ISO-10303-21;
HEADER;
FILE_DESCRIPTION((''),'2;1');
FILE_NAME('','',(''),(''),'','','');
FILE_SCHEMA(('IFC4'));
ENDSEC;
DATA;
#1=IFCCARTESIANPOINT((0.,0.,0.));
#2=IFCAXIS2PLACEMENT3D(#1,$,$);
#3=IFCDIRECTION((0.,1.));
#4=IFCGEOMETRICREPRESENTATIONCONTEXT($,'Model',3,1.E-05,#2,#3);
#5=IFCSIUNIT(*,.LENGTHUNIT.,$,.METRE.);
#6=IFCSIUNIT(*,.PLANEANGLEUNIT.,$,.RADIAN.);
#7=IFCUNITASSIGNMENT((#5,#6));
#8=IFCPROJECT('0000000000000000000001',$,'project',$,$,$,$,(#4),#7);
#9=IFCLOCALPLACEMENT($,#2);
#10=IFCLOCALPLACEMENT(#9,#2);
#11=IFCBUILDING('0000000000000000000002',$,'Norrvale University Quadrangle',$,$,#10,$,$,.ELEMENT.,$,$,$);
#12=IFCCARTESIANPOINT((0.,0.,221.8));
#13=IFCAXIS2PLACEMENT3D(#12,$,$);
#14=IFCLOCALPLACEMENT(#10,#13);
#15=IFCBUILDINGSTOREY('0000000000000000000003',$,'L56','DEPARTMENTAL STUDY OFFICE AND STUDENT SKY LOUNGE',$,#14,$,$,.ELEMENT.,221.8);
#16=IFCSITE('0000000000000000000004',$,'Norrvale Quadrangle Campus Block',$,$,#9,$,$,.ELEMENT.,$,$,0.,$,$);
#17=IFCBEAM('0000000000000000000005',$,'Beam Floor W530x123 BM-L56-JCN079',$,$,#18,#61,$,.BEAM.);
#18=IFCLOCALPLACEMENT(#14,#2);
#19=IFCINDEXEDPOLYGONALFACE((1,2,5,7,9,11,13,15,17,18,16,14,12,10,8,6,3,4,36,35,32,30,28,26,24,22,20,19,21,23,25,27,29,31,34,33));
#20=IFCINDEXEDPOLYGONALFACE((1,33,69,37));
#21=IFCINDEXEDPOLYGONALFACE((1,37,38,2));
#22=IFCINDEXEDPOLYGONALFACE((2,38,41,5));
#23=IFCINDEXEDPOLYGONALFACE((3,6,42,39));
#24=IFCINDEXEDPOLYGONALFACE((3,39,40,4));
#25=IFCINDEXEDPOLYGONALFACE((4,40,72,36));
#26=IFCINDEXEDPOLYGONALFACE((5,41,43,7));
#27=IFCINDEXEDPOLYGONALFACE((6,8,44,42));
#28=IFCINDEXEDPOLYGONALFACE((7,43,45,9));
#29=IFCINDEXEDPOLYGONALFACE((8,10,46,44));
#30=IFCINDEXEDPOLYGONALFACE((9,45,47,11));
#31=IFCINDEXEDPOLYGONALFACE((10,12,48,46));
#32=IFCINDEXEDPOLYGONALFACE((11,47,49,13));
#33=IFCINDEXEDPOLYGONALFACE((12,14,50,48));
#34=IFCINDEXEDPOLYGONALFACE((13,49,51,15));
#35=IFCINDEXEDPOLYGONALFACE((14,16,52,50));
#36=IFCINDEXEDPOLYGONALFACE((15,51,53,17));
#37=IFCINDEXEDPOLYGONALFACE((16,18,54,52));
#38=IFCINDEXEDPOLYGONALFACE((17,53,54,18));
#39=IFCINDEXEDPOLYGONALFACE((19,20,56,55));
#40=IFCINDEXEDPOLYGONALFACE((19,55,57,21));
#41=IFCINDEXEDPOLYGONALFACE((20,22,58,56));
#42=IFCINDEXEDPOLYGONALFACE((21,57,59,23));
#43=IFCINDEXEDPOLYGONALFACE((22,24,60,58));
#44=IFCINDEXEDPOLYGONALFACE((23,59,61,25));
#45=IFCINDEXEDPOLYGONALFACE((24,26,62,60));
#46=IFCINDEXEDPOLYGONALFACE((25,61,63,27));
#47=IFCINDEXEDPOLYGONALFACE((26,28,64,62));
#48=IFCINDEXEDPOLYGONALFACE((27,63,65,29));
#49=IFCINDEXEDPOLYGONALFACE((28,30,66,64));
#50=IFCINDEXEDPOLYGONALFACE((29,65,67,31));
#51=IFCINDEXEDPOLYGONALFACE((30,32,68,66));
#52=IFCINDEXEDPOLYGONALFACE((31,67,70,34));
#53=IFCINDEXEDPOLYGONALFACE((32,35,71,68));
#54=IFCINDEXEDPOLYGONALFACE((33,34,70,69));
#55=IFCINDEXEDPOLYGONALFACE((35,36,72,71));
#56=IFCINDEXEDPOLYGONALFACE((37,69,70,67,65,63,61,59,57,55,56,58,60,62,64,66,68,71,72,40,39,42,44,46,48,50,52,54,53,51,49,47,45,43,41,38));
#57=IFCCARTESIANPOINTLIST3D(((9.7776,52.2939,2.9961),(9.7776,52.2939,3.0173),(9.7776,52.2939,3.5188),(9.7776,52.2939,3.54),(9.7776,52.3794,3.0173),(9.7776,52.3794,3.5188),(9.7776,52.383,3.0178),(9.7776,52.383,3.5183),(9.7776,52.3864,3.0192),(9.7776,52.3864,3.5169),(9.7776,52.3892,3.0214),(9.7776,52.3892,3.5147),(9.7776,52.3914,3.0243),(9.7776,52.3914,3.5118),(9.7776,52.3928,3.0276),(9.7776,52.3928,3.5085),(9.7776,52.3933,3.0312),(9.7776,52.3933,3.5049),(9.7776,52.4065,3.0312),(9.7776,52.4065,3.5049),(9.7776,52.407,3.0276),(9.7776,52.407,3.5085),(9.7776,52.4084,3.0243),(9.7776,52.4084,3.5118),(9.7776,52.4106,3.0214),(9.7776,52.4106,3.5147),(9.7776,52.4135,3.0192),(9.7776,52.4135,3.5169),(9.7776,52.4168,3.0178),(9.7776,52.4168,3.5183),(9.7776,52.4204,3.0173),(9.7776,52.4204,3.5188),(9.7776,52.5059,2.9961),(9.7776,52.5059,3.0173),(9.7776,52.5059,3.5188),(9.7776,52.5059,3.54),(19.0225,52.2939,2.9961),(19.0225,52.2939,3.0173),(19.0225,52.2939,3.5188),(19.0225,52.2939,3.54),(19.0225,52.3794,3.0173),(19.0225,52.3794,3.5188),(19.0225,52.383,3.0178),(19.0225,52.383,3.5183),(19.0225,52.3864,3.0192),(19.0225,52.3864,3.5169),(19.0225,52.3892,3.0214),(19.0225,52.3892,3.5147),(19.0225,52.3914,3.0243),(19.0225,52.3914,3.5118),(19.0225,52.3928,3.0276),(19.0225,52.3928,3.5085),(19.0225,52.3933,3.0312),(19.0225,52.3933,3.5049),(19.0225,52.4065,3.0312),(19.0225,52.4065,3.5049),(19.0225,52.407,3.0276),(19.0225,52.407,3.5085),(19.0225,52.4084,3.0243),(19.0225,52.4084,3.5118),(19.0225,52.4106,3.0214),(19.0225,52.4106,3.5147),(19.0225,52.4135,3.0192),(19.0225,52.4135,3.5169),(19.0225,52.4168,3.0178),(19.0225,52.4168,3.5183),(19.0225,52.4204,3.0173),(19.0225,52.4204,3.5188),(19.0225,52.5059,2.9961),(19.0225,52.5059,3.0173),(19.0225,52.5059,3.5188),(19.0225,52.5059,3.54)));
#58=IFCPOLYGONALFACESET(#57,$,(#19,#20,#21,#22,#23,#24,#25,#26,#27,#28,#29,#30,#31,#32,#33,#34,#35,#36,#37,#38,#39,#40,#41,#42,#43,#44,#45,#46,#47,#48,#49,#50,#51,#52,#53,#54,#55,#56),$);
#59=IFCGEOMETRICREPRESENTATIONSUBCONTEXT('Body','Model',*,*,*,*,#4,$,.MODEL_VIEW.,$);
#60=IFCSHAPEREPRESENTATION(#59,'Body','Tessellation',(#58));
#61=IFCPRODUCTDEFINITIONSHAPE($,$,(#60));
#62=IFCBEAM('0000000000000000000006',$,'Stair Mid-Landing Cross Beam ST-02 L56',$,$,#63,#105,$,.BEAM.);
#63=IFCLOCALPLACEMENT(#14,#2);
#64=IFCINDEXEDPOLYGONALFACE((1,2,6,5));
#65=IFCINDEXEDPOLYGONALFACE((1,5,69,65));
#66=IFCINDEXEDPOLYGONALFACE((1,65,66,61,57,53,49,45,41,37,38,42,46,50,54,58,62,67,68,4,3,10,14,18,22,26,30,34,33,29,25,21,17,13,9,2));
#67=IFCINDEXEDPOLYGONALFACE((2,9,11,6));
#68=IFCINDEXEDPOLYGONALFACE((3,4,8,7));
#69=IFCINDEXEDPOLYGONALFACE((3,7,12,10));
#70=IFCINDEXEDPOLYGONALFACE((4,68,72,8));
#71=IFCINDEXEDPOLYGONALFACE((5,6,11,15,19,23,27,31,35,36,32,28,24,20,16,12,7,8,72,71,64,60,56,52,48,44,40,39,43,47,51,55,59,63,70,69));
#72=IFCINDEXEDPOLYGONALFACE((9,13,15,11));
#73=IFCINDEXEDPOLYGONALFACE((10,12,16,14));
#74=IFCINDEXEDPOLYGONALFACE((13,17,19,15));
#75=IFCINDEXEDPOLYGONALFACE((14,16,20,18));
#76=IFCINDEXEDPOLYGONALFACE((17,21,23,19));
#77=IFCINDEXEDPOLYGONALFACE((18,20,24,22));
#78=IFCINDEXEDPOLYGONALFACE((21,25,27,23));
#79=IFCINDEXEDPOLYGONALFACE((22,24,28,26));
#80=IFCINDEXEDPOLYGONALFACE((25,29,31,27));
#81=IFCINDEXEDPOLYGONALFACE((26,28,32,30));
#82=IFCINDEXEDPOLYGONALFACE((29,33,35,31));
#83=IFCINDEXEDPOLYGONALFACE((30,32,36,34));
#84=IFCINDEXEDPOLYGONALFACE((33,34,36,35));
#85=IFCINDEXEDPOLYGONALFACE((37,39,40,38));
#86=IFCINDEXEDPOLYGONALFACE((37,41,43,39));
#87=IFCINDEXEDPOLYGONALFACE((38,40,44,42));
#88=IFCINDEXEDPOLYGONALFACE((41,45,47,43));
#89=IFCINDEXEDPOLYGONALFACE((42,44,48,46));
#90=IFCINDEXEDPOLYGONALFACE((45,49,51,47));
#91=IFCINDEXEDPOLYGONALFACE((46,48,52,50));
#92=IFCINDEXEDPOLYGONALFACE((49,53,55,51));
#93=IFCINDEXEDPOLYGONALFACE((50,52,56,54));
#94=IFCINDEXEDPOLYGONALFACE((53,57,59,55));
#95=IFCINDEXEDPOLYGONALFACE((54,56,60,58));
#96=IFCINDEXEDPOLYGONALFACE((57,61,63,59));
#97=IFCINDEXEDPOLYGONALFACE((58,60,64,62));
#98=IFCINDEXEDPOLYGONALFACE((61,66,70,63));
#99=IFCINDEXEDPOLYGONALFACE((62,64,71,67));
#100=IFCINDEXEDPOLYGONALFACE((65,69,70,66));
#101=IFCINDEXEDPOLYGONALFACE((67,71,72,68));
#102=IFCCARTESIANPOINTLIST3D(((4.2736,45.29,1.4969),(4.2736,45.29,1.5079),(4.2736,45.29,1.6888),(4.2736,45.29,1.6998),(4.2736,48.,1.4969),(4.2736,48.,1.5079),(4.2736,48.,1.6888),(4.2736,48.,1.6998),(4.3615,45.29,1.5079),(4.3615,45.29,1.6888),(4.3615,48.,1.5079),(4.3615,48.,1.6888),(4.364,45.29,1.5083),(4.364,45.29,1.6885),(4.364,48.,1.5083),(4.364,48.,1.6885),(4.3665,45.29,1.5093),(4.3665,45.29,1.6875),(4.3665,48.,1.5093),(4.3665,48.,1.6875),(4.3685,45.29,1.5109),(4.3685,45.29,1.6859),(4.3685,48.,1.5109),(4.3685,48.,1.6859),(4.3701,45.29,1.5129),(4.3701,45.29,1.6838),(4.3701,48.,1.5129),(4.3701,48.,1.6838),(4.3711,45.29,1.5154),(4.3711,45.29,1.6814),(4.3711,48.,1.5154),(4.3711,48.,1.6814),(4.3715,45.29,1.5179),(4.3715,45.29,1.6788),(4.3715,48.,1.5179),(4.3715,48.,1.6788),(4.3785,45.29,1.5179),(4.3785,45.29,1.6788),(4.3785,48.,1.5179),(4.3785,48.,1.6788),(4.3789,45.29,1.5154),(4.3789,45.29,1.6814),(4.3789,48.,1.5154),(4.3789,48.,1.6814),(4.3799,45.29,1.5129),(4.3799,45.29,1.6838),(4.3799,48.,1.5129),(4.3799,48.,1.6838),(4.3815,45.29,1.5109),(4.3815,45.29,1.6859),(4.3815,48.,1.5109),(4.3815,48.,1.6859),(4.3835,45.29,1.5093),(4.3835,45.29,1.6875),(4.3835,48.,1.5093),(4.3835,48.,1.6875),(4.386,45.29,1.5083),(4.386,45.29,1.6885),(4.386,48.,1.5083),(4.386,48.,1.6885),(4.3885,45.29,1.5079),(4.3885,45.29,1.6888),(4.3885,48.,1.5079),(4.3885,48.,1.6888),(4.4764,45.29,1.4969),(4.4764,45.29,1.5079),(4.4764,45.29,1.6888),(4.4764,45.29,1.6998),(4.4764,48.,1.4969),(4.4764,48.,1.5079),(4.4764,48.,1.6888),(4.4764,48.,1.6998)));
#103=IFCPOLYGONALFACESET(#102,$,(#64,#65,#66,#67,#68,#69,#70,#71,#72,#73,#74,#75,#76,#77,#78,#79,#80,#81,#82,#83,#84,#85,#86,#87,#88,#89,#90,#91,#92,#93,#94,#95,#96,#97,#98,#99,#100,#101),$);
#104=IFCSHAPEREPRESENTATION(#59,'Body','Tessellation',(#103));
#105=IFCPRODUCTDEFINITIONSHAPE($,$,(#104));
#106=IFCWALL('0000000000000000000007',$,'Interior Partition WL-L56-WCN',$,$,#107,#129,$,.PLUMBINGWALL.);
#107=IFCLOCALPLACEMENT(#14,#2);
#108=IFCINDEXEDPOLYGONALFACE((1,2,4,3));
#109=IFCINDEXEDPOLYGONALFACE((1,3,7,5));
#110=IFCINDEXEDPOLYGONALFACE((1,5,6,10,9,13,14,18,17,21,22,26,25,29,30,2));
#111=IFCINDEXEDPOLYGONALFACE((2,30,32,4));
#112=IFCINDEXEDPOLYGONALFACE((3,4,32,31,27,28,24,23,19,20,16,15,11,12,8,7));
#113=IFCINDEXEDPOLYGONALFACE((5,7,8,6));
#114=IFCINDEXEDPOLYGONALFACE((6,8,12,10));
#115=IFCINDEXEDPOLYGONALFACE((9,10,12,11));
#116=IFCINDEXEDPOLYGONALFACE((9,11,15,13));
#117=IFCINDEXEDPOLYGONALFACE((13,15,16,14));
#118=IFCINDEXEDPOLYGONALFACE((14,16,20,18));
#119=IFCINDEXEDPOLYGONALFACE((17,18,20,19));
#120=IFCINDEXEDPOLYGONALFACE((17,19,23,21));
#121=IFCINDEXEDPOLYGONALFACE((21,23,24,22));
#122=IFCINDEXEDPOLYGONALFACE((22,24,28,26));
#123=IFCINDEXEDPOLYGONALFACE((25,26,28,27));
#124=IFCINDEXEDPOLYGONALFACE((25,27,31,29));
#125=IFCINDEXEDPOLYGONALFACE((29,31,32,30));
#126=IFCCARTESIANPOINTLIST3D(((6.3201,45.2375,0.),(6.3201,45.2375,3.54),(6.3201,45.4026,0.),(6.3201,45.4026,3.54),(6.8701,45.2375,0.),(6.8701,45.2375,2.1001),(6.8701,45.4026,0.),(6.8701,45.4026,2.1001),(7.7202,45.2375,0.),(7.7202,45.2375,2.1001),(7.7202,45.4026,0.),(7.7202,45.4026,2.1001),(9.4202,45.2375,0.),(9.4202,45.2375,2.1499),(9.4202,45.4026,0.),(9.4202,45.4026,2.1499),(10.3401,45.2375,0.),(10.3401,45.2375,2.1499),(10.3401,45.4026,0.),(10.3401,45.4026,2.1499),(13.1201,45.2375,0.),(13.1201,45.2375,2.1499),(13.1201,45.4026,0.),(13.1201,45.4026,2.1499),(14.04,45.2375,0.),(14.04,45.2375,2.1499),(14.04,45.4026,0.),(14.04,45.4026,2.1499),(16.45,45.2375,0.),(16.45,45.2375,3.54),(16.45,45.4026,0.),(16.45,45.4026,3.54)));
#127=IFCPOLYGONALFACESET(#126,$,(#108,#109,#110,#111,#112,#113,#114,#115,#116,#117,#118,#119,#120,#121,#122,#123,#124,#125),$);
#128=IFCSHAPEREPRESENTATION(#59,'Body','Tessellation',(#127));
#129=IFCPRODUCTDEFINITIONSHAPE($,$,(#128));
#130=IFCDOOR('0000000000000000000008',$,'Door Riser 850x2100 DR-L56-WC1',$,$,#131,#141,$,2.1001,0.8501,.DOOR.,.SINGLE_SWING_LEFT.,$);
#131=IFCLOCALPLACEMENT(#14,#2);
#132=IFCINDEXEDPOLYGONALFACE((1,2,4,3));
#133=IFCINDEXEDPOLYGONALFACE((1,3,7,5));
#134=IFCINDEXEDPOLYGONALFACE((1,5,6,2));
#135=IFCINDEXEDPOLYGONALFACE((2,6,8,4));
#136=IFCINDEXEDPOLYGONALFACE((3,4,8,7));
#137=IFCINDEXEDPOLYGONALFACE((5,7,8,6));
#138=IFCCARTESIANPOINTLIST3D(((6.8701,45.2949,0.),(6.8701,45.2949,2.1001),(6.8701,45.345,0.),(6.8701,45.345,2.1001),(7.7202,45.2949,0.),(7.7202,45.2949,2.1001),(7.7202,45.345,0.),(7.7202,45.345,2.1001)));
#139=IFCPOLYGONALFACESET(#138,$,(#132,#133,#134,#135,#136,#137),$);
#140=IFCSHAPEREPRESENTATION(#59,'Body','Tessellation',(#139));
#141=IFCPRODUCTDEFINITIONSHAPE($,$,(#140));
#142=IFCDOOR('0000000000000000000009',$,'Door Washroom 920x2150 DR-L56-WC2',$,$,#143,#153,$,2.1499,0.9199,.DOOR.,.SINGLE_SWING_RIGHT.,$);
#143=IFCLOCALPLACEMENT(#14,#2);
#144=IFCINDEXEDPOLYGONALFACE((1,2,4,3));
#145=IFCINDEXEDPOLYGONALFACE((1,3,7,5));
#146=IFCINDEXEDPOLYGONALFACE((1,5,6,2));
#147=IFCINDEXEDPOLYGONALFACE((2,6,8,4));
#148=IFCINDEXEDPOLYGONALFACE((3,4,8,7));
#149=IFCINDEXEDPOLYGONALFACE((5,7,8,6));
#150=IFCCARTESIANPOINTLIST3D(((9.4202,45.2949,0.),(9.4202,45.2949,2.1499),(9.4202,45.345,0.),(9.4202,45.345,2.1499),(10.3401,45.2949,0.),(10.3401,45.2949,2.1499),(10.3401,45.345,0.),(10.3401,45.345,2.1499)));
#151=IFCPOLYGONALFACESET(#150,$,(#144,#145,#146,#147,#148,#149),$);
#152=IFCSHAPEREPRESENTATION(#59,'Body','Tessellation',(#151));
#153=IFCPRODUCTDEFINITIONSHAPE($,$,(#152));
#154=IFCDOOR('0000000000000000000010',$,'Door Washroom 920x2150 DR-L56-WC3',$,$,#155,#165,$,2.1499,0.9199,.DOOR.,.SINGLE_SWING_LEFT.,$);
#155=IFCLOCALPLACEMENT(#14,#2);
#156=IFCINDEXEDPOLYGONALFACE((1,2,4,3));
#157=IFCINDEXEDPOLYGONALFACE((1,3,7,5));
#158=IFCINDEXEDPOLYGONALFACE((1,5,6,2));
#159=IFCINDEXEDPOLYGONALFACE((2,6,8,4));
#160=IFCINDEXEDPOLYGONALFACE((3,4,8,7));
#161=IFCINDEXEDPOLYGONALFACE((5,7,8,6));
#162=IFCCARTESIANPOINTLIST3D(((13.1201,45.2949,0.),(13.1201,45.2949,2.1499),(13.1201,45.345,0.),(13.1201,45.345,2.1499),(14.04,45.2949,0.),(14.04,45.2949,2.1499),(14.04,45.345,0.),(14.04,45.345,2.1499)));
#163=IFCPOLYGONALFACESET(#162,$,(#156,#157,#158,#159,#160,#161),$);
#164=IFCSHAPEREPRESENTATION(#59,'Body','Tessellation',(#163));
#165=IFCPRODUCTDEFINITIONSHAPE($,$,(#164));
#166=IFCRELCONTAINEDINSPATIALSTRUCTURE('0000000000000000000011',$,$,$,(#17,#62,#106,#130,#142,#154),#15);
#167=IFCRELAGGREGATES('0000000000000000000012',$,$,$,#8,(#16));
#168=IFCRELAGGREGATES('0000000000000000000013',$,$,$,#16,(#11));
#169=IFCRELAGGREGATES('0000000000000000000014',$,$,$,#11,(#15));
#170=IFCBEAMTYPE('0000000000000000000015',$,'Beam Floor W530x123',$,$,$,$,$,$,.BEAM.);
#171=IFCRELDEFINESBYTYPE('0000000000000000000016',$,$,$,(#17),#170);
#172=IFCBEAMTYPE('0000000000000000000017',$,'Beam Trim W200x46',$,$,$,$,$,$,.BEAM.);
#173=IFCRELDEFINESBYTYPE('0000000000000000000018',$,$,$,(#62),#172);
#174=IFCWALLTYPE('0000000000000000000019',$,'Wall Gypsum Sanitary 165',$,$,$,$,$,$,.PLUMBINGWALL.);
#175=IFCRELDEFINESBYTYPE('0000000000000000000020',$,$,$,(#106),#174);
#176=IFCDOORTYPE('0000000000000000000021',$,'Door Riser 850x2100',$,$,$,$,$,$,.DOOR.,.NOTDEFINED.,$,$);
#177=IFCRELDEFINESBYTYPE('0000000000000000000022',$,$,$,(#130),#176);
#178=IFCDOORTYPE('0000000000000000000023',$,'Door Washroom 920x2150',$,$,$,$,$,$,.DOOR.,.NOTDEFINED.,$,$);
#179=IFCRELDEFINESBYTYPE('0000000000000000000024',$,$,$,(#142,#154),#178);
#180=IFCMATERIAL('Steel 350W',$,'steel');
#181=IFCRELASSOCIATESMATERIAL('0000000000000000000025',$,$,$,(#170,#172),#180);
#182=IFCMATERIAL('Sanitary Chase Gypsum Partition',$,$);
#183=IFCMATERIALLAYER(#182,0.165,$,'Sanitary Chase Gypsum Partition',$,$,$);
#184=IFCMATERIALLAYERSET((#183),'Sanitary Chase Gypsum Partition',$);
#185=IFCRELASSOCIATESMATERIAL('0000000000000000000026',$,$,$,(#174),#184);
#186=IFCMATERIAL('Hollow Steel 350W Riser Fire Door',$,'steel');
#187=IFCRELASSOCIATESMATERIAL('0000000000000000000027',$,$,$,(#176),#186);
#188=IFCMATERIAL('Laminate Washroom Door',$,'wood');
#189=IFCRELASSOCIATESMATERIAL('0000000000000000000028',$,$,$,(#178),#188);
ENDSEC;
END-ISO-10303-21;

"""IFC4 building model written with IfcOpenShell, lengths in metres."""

from ifc_helpers import new_model, si_unit, direction, frame, frame_2d, origin, origin_2d, place, context, subcontext, project, spatial, rectangle, i_section, extrude, material, layer, layer_set, material_profile, profile_set, type_object, element, fill, save


model = new_model("IFC4")

# Units and contexts
model_context = context("Model", 3, precision=1e-05, world=origin(), true_north=direction((0.0, 1.0)))
body_context = subcontext(model_context, "Body", "Model", "MODEL_VIEW")
ifc_project = project(units=[si_unit("LENGTHUNIT", "METRE"), si_unit("PLANEANGLEUNIT", "RADIAN")], contexts=[model_context])

# Site, building, storey
site_placement = place(None, origin())
site = spatial("IfcSite", under=ifc_project, at=site_placement, Name="Norrvale Quadrangle Campus Block", CompositionType="ELEMENT", RefElevation=0.0)
building_placement = place(site_placement, origin())
building = spatial("IfcBuilding", under=site, at=building_placement, Name="Norrvale University Quadrangle", CompositionType="ELEMENT")
storey_placement = place(building_placement, frame((0.0, 0.0, 221.8)))
storey = spatial("IfcBuildingStorey", under=building, at=storey_placement, Name="L56", Description="DEPARTMENTAL STUDY OFFICE AND STUDENT SKY LOUNGE", CompositionType="ELEMENT", Elevation=221.8)

# Beams
ifc_material_1 = material(Name="Steel 350W", Category="steel")
ifc_material_profile_1 = material_profile(ifc_material_1, i_section(OverallWidth=0.2119, OverallDepth=0.5439, WebThickness=0.0132, FlangeThickness=0.0212, FilletRadius=0.0139, at=origin_2d()), Name="Steel 350W")
ifc_profile_set_1 = profile_set([ifc_material_profile_1], Name="Steel 350W")
beam_type_1 = type_object("IfcBeamType", Name="Beam Floor W530x123", PredefinedType="BEAM", material=ifc_profile_set_1)
beam_1_placement = place(storey_placement, frame((9.7776, 52.3999, 3.2681), z_axis=(1.0, 0.0, 0.0), x_axis=(0.0, 1.0, 0.0)))
element("IfcBeam", 1, at=beam_1_placement, inside=storey, type_object=beam_type_1, Name="Beam Floor W530x123 BM-L56-JCN079", PredefinedType="BEAM", context=body_context, shape_type="SweptSolid", body=[
    extrude(i_section(OverallWidth=0.2119, OverallDepth=0.5439, WebThickness=0.0132, FlangeThickness=0.0212, FilletRadius=0.0139, at=origin_2d()), origin(), (0.0, 0.0, 1.0), 9.2449),
])
ifc_material_profile_2 = material_profile(ifc_material_1, i_section(OverallWidth=0.2029, OverallDepth=0.2029, WebThickness=0.0071, FlangeThickness=0.011, FilletRadius=0.01, at=origin_2d()), Name="Steel 350W")
ifc_profile_set_2 = profile_set([ifc_material_profile_2], Name="Steel 350W")
beam_type_2 = type_object("IfcBeamType", Name="Beam Trim W200x46", PredefinedType="BEAM", material=ifc_profile_set_2)
beam_2_placement = place(storey_placement, frame((4.375, 45.29, 1.5984), z_axis=(0.0, 1.0, 0.0), x_axis=(-1.0, 0.0, 0.0)))
element("IfcBeam", 2, at=beam_2_placement, inside=storey, type_object=beam_type_2, Name="Stair Mid-Landing Cross Beam ST-02 L56", PredefinedType="BEAM", context=body_context, shape_type="SweptSolid", body=[
    extrude(i_section(OverallWidth=0.2029, OverallDepth=0.2029, WebThickness=0.0071, FlangeThickness=0.011, FilletRadius=0.01, at=origin_2d()), origin(), (0.0, 0.0, 1.0), 2.71),
])

# Wall, openings, doors
ifc_material_2 = material(Name="Sanitary Chase Gypsum Partition")
ifc_layer_1 = layer(ifc_material_2, 0.165, Name="Sanitary Chase Gypsum Partition")
ifc_layer_set_1 = layer_set([ifc_layer_1], Name="Sanitary Chase Gypsum Partition")
wall_type = type_object("IfcWallType", Name="Wall Gypsum Sanitary 165", PredefinedType="PLUMBINGWALL", material=ifc_layer_set_1)
wall_placement = place(storey_placement, frame((6.3201, 45.3201, 0.0), z_axis=(0.0, 0.0, 1.0), x_axis=(1.0, 0.0, 0.0)))
wall = element("IfcWall", 3, at=wall_placement, inside=storey, type_object=wall_type, Name="Interior Partition WL-L56-WCN", PredefinedType="PLUMBINGWALL", context=body_context, shape_type="SweptSolid", body=[
    extrude(rectangle(XDim=10.1299, YDim=0.165, at=frame_2d((5.0649, 0.0))), origin(), (0.0, 0.0, 1.0), 3.54),
])
opening_1_placement = place(wall_placement, frame((0.55, 0.0, 0.0)))
opening_1 = element("IfcOpeningElement", 4, at=opening_1_placement, cuts=wall, PredefinedType="OPENING", context=body_context, shape_type="SweptSolid", body=[
    extrude(rectangle(XDim=0.8501, YDim=2.1001, at=frame_2d((0.425, 1.05))), frame((0.0, 0.0945, 0.0), z_axis=(0.0, -1.0, 0.0), x_axis=(1.0, 0.0, 0.0)), (0.0, 0.0, 1.0), 0.189),
])
opening_2_placement = place(wall_placement, frame((3.1001, 0.0, 0.0)))
opening_2 = element("IfcOpeningElement", 5, at=opening_2_placement, cuts=wall, PredefinedType="OPENING", context=body_context, shape_type="SweptSolid", body=[
    extrude(rectangle(XDim=0.9199, YDim=2.1499, at=frame_2d((0.46, 1.075))), frame((0.0, 0.0945, 0.0), z_axis=(0.0, -1.0, 0.0), x_axis=(1.0, 0.0, 0.0)), (0.0, 0.0, 1.0), 0.189),
])
opening_3_placement = place(wall_placement, frame((6.8, 0.0, 0.0)))
opening_3 = element("IfcOpeningElement", 6, at=opening_3_placement, cuts=wall, PredefinedType="OPENING", context=body_context, shape_type="SweptSolid", body=[
    extrude(rectangle(XDim=0.9199, YDim=2.1499, at=frame_2d((0.46, 1.075))), frame((0.0, 0.0945, 0.0), z_axis=(0.0, -1.0, 0.0), x_axis=(1.0, 0.0, 0.0)), (0.0, 0.0, 1.0), 0.189),
])
ifc_material_3 = material(Name="Hollow Steel 350W Riser Fire Door", Category="steel")
door_type_1 = type_object("IfcDoorType", Name="Door Riser 850x2100", OperationType="NOTDEFINED", PredefinedType="DOOR", material=ifc_material_3)
door_1_placement = place(opening_1_placement, origin())
door_1 = element("IfcDoor", 7, at=door_1_placement, inside=storey, type_object=door_type_1, Name="Door Riser 850x2100 DR-L56-WC1", OperationType="SINGLE_SWING_LEFT", OverallHeight=2.1001, OverallWidth=0.8501, PredefinedType="DOOR", context=body_context, shape_type="SweptSolid", body=[
    extrude(rectangle(XDim=0.8501, YDim=2.1001, at=frame_2d((0.425, 1.05))), frame((0.0, 0.0249, 0.0), z_axis=(0.0, -1.0, 0.0), x_axis=(1.0, 0.0, 0.0)), (0.0, 0.0, 1.0), 0.05),
])
fill(opening_1, door_1)
ifc_material_4 = material(Name="Laminate Washroom Door", Category="wood")
door_type_2 = type_object("IfcDoorType", Name="Door Washroom 920x2150", OperationType="NOTDEFINED", PredefinedType="DOOR", material=ifc_material_4)
door_2_placement = place(opening_2_placement, origin())
door_2 = element("IfcDoor", 8, at=door_2_placement, inside=storey, type_object=door_type_2, Name="Door Washroom 920x2150 DR-L56-WC2", OperationType="SINGLE_SWING_RIGHT", OverallHeight=2.1499, OverallWidth=0.9199, PredefinedType="DOOR", context=body_context, shape_type="SweptSolid", body=[
    extrude(rectangle(XDim=0.9199, YDim=2.1499, at=frame_2d((0.46, 1.075))), frame((0.0, 0.0249, 0.0), z_axis=(0.0, -1.0, 0.0), x_axis=(1.0, 0.0, 0.0)), (0.0, 0.0, 1.0), 0.05),
])
fill(opening_2, door_2)
door_3_placement = place(opening_3_placement, origin())
door_3 = element("IfcDoor", 9, at=door_3_placement, inside=storey, type_object=door_type_2, Name="Door Washroom 920x2150 DR-L56-WC3", OperationType="SINGLE_SWING_LEFT", OverallHeight=2.1499, OverallWidth=0.9199, PredefinedType="DOOR", context=body_context, shape_type="SweptSolid", body=[
    extrude(rectangle(XDim=0.9199, YDim=2.1499, at=frame_2d((0.46, 1.075))), frame((0.0, 0.0249, 0.0), z_axis=(0.0, -1.0, 0.0), x_axis=(1.0, 0.0, 0.0)), (0.0, 0.0, 1.0), 0.05),
])
fill(opening_3, door_3)

save(model, "model.ifc")
